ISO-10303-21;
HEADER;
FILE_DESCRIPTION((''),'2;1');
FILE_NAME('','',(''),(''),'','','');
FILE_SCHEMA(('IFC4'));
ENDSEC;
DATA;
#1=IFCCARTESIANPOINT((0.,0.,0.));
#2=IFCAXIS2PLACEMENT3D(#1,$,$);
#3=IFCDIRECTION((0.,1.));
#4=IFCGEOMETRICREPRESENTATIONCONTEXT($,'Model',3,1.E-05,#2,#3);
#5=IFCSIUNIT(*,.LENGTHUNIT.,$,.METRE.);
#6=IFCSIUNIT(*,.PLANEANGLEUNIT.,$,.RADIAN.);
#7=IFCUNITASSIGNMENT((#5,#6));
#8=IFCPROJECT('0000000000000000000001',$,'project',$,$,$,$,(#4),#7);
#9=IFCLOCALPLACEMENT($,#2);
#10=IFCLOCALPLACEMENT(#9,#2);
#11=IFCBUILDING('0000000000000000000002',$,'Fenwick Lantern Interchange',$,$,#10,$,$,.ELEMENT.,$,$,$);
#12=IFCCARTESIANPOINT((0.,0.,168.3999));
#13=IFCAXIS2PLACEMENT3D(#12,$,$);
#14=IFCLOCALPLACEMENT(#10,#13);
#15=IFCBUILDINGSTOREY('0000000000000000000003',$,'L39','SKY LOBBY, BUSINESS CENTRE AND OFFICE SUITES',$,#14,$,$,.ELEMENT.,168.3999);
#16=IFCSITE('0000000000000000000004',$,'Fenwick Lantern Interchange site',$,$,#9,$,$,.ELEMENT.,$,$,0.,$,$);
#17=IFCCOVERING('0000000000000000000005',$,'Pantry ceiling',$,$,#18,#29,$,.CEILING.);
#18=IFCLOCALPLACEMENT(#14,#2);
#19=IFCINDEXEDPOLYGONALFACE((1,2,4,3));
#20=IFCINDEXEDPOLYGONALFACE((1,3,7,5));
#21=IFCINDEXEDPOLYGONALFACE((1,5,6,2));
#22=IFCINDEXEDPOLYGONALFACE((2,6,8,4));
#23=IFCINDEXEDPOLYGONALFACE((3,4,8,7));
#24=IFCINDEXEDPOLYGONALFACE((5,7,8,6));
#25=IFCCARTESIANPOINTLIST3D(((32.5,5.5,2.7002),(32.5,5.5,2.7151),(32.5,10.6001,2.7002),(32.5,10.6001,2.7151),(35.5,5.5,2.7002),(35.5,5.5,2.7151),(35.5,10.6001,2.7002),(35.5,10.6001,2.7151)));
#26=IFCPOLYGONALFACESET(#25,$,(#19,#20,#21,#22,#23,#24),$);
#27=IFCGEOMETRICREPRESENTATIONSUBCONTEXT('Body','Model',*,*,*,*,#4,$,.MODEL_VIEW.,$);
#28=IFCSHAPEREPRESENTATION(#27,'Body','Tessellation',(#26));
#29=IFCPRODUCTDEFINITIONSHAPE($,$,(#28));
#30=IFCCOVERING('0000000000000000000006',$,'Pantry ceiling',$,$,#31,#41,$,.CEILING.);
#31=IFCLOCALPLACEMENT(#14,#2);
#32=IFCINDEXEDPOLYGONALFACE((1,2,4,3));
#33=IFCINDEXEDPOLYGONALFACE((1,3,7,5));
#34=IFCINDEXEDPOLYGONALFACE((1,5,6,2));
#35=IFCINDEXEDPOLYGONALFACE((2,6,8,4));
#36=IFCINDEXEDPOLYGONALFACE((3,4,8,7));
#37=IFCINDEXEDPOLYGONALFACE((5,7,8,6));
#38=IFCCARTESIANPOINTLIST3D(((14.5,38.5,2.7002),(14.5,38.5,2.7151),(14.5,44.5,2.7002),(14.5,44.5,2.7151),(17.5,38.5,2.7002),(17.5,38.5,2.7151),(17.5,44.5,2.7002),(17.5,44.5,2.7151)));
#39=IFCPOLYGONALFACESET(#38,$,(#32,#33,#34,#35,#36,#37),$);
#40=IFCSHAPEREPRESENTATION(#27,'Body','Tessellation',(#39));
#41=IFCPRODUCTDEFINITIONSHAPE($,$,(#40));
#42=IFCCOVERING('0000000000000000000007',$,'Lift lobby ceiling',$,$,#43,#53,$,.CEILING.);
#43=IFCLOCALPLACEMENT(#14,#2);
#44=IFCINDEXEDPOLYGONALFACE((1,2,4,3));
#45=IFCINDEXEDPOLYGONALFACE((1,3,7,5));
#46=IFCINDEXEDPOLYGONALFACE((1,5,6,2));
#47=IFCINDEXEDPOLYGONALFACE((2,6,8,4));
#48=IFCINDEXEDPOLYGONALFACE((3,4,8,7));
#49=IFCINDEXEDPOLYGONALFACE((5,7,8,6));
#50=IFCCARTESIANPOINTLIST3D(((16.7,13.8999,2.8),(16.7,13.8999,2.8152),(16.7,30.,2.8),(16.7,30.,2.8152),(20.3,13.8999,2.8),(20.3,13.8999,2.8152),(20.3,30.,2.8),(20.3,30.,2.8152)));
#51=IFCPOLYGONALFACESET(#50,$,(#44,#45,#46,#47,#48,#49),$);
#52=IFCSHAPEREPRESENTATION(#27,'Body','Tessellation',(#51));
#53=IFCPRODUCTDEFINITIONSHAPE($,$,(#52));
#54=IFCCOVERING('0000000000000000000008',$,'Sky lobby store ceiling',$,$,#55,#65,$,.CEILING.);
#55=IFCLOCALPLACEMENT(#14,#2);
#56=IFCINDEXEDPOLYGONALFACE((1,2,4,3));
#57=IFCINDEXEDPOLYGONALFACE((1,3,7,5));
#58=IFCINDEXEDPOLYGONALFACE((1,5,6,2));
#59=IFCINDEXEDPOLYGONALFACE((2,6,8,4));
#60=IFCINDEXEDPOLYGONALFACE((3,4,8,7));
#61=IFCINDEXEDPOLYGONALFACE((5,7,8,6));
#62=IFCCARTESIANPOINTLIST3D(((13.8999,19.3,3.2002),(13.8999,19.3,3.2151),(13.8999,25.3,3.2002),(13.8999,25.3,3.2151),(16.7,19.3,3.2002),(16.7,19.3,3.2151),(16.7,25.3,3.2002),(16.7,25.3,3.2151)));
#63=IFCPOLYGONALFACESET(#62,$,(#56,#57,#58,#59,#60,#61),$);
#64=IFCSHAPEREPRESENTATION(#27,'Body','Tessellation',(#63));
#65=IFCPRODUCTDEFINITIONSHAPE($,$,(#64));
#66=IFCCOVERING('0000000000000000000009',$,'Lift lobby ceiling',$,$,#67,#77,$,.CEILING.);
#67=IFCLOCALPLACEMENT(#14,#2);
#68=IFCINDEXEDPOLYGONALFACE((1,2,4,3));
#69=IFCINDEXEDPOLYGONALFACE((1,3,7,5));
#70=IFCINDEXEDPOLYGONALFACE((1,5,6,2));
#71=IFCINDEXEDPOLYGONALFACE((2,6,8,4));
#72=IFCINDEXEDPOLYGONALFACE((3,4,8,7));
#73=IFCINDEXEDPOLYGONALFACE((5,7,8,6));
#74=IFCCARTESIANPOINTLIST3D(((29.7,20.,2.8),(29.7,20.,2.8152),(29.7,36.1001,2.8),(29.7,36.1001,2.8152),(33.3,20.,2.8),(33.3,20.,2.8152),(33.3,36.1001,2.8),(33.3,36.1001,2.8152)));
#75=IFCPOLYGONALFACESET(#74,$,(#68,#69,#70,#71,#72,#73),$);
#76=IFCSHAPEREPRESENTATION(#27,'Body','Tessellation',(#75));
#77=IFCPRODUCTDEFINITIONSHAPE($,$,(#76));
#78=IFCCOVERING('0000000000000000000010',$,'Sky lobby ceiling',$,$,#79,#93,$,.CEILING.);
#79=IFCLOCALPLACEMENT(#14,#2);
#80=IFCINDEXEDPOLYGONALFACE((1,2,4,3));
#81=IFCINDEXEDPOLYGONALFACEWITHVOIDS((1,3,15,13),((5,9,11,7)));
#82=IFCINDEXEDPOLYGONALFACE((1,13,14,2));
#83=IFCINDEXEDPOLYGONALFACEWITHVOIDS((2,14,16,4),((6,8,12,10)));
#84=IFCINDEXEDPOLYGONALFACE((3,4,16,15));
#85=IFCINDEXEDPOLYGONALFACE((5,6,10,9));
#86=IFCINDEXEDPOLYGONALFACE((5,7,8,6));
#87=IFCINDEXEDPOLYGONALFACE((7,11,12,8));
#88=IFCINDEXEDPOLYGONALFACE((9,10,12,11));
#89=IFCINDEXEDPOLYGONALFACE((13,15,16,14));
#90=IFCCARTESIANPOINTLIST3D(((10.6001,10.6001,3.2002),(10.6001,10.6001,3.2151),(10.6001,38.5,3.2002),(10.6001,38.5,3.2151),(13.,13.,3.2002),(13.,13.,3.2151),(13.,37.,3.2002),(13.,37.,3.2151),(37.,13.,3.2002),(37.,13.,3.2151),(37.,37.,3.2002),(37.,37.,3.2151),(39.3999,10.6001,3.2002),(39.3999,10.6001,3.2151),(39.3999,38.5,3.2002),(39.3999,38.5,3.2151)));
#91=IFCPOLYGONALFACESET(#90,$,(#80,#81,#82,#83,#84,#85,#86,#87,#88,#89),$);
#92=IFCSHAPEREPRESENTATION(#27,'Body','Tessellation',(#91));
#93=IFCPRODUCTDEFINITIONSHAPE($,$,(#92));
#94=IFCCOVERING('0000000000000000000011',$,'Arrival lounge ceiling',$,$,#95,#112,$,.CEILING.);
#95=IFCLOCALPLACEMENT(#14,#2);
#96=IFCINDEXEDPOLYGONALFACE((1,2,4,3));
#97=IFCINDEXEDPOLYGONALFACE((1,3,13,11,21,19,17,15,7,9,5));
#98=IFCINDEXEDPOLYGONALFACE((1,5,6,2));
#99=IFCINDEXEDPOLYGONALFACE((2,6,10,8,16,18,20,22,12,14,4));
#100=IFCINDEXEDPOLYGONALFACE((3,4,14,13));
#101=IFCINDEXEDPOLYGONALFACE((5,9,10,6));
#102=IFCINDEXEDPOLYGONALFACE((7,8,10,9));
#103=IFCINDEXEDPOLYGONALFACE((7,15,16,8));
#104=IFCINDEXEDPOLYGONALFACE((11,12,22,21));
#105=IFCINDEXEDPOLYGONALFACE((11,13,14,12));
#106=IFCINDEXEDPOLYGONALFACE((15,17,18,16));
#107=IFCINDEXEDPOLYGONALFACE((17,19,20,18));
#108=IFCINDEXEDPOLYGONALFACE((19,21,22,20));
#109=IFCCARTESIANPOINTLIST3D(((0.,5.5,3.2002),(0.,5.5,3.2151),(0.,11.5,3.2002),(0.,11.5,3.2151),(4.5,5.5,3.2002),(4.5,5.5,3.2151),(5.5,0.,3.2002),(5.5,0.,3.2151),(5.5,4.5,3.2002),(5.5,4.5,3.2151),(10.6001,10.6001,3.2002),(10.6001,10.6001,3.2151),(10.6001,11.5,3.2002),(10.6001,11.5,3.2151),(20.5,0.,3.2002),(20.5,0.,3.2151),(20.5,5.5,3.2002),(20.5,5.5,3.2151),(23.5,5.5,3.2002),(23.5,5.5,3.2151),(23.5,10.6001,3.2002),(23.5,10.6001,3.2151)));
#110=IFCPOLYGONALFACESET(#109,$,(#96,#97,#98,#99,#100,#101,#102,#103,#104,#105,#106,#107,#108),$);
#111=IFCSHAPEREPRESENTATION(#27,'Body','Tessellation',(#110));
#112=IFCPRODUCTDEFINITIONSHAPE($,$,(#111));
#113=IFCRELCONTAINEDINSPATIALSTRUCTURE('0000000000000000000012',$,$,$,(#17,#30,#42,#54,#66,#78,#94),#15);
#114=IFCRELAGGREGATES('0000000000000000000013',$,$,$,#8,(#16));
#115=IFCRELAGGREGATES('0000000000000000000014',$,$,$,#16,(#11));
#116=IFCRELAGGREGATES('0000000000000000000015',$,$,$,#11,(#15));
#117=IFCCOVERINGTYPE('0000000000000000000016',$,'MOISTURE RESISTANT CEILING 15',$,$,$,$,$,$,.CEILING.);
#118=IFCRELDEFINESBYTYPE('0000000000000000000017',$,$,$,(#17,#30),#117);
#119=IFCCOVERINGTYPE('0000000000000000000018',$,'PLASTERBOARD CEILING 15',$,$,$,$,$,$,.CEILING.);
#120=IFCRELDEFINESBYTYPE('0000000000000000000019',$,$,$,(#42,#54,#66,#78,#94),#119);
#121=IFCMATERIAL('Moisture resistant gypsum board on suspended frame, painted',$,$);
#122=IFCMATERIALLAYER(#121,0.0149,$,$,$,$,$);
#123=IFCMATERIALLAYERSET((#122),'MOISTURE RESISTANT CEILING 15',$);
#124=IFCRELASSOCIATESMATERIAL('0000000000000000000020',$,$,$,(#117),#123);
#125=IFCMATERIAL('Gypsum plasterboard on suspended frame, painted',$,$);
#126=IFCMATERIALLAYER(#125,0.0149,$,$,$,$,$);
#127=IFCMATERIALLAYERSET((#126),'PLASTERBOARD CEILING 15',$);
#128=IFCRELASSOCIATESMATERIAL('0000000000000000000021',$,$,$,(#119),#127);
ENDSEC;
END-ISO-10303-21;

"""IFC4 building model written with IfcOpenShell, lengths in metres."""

from ifc_helpers import new_model, si_unit, direction, frame, origin, place, context, subcontext, project, spatial, polyline, outline, extrude, material, layer, layer_set, type_object, element, save


model = new_model("IFC4")

# Units and contexts
model_context = context("Model", 3, precision=1e-05, world=origin(), true_north=direction((0.0, 1.0)))
body_context = subcontext(model_context, "Body", "Model", "MODEL_VIEW")
ifc_project = project(units=[si_unit("LENGTHUNIT", "METRE"), si_unit("PLANEANGLEUNIT", "RADIAN")], contexts=[model_context])

# Site, building, storey
site_placement = place(None, origin())
site = spatial("IfcSite", under=ifc_project, at=site_placement, Name="Fenwick Lantern Interchange site", CompositionType="ELEMENT", RefElevation=0.0)
building_placement = place(site_placement, origin())
building = spatial("IfcBuilding", under=site, at=building_placement, Name="Fenwick Lantern Interchange", CompositionType="ELEMENT")
storey_placement = place(building_placement, frame((0.0, 0.0, 168.3999)))
storey = spatial("IfcBuildingStorey", under=building, at=storey_placement, Name="L39", Description="SKY LOBBY, BUSINESS CENTRE AND OFFICE SUITES", CompositionType="ELEMENT", Elevation=168.3999)

# Coverings
ifc_material_1 = material(Name="Moisture resistant gypsum board on suspended frame, painted")
ifc_layer_1 = layer(ifc_material_1, 0.0149)
ifc_layer_set_1 = layer_set([ifc_layer_1], Name="MOISTURE RESISTANT CEILING 15")
covering_type_1 = type_object("IfcCoveringType", Name="MOISTURE RESISTANT CEILING 15", PredefinedType="CEILING", material=ifc_layer_set_1)
covering_1_placement = place(storey_placement, frame((0.0, 0.0, 2.7002)))
element("IfcCovering", 1, at=covering_1_placement, inside=storey, type_object=covering_type_1, Name="Pantry ceiling", PredefinedType="CEILING", context=body_context, shape_type="SweptSolid", body=[
    extrude(outline(polyline([(32.5, 5.5), (35.5, 5.5), (35.5, 10.6001), (32.5, 10.6001), (32.5, 5.5)])), origin(), (0.0, 0.0, 1.0), 0.0149),
])
covering_2_placement = place(storey_placement, frame((0.0, 0.0, 2.7002)))
element("IfcCovering", 2, at=covering_2_placement, inside=storey, type_object=covering_type_1, Name="Pantry ceiling", PredefinedType="CEILING", context=body_context, shape_type="SweptSolid", body=[
    extrude(outline(polyline([(17.5, 44.5), (14.5, 44.5), (14.5, 38.5), (17.5, 38.5), (17.5, 44.5)])), origin(), (0.0, 0.0, 1.0), 0.0149),
])
ifc_material_2 = material(Name="Gypsum plasterboard on suspended frame, painted")
ifc_layer_2 = layer(ifc_material_2, 0.0149)
ifc_layer_set_2 = layer_set([ifc_layer_2], Name="PLASTERBOARD CEILING 15")
covering_type_2 = type_object("IfcCoveringType", Name="PLASTERBOARD CEILING 15", PredefinedType="CEILING", material=ifc_layer_set_2)
covering_3_placement = place(storey_placement, frame((0.0, 0.0, 2.8)))
element("IfcCovering", 3, at=covering_3_placement, inside=storey, type_object=covering_type_2, Name="Lift lobby ceiling", PredefinedType="CEILING", context=body_context, shape_type="SweptSolid", body=[
    extrude(outline(polyline([(16.7, 13.8999), (20.3, 13.8999), (20.3, 30.0), (16.7, 30.0), (16.7, 13.8999)])), origin(), (0.0, 0.0, 1.0), 0.0151),
])
covering_4_placement = place(storey_placement, frame((0.0, 0.0, 3.2002)))
element("IfcCovering", 4, at=covering_4_placement, inside=storey, type_object=covering_type_2, Name="Sky lobby store ceiling", PredefinedType="CEILING", context=body_context, shape_type="SweptSolid", body=[
    extrude(outline(polyline([(13.8999, 19.3), (16.7, 19.3), (16.7, 25.3), (13.8999, 25.3), (13.8999, 19.3)])), origin(), (0.0, 0.0, 1.0), 0.0149),
])
covering_5_placement = place(storey_placement, frame((0.0, 0.0, 2.8)))
element("IfcCovering", 5, at=covering_5_placement, inside=storey, type_object=covering_type_2, Name="Lift lobby ceiling", PredefinedType="CEILING", context=body_context, shape_type="SweptSolid", body=[
    extrude(outline(polyline([(33.3, 36.1001), (29.7, 36.1001), (29.7, 20.0), (33.3, 20.0), (33.3, 36.1001)])), origin(), (0.0, 0.0, 1.0), 0.0151),
])
covering_6_placement = place(storey_placement, frame((0.0, 0.0, 3.2002)))
element("IfcCovering", 6, at=covering_6_placement, inside=storey, type_object=covering_type_2, Name="Sky lobby ceiling", PredefinedType="CEILING", context=body_context, shape_type="SweptSolid", body=[
    extrude(outline(polyline([(10.6001, 10.6001), (39.3999, 10.6001), (39.3999, 38.5), (10.6001, 38.5), (10.6001, 10.6001)]), holes=[polyline([(13.0, 13.0), (13.0, 37.0), (37.0, 37.0), (37.0, 13.0), (13.0, 13.0)])]), origin(), (0.0, 0.0, 1.0), 0.0149),
])
covering_7_placement = place(storey_placement, frame((0.0, 0.0, 3.2002)))
element("IfcCovering", 7, at=covering_7_placement, inside=storey, type_object=covering_type_2, Name="Arrival lounge ceiling", PredefinedType="CEILING", context=body_context, shape_type="SweptSolid", body=[
    extrude(outline(polyline([(20.5, 0.0), (20.5, 5.5), (23.5, 5.5), (23.5, 10.6001), (10.6001, 10.6001), (10.6001, 11.5), (0.0, 11.5), (0.0, 5.5), (4.5, 5.5), (5.5, 4.5), (5.5, 0.0), (20.5, 0.0)])), origin(), (0.0, 0.0, 1.0), 0.0149),
])

save(model, "model.ifc")
